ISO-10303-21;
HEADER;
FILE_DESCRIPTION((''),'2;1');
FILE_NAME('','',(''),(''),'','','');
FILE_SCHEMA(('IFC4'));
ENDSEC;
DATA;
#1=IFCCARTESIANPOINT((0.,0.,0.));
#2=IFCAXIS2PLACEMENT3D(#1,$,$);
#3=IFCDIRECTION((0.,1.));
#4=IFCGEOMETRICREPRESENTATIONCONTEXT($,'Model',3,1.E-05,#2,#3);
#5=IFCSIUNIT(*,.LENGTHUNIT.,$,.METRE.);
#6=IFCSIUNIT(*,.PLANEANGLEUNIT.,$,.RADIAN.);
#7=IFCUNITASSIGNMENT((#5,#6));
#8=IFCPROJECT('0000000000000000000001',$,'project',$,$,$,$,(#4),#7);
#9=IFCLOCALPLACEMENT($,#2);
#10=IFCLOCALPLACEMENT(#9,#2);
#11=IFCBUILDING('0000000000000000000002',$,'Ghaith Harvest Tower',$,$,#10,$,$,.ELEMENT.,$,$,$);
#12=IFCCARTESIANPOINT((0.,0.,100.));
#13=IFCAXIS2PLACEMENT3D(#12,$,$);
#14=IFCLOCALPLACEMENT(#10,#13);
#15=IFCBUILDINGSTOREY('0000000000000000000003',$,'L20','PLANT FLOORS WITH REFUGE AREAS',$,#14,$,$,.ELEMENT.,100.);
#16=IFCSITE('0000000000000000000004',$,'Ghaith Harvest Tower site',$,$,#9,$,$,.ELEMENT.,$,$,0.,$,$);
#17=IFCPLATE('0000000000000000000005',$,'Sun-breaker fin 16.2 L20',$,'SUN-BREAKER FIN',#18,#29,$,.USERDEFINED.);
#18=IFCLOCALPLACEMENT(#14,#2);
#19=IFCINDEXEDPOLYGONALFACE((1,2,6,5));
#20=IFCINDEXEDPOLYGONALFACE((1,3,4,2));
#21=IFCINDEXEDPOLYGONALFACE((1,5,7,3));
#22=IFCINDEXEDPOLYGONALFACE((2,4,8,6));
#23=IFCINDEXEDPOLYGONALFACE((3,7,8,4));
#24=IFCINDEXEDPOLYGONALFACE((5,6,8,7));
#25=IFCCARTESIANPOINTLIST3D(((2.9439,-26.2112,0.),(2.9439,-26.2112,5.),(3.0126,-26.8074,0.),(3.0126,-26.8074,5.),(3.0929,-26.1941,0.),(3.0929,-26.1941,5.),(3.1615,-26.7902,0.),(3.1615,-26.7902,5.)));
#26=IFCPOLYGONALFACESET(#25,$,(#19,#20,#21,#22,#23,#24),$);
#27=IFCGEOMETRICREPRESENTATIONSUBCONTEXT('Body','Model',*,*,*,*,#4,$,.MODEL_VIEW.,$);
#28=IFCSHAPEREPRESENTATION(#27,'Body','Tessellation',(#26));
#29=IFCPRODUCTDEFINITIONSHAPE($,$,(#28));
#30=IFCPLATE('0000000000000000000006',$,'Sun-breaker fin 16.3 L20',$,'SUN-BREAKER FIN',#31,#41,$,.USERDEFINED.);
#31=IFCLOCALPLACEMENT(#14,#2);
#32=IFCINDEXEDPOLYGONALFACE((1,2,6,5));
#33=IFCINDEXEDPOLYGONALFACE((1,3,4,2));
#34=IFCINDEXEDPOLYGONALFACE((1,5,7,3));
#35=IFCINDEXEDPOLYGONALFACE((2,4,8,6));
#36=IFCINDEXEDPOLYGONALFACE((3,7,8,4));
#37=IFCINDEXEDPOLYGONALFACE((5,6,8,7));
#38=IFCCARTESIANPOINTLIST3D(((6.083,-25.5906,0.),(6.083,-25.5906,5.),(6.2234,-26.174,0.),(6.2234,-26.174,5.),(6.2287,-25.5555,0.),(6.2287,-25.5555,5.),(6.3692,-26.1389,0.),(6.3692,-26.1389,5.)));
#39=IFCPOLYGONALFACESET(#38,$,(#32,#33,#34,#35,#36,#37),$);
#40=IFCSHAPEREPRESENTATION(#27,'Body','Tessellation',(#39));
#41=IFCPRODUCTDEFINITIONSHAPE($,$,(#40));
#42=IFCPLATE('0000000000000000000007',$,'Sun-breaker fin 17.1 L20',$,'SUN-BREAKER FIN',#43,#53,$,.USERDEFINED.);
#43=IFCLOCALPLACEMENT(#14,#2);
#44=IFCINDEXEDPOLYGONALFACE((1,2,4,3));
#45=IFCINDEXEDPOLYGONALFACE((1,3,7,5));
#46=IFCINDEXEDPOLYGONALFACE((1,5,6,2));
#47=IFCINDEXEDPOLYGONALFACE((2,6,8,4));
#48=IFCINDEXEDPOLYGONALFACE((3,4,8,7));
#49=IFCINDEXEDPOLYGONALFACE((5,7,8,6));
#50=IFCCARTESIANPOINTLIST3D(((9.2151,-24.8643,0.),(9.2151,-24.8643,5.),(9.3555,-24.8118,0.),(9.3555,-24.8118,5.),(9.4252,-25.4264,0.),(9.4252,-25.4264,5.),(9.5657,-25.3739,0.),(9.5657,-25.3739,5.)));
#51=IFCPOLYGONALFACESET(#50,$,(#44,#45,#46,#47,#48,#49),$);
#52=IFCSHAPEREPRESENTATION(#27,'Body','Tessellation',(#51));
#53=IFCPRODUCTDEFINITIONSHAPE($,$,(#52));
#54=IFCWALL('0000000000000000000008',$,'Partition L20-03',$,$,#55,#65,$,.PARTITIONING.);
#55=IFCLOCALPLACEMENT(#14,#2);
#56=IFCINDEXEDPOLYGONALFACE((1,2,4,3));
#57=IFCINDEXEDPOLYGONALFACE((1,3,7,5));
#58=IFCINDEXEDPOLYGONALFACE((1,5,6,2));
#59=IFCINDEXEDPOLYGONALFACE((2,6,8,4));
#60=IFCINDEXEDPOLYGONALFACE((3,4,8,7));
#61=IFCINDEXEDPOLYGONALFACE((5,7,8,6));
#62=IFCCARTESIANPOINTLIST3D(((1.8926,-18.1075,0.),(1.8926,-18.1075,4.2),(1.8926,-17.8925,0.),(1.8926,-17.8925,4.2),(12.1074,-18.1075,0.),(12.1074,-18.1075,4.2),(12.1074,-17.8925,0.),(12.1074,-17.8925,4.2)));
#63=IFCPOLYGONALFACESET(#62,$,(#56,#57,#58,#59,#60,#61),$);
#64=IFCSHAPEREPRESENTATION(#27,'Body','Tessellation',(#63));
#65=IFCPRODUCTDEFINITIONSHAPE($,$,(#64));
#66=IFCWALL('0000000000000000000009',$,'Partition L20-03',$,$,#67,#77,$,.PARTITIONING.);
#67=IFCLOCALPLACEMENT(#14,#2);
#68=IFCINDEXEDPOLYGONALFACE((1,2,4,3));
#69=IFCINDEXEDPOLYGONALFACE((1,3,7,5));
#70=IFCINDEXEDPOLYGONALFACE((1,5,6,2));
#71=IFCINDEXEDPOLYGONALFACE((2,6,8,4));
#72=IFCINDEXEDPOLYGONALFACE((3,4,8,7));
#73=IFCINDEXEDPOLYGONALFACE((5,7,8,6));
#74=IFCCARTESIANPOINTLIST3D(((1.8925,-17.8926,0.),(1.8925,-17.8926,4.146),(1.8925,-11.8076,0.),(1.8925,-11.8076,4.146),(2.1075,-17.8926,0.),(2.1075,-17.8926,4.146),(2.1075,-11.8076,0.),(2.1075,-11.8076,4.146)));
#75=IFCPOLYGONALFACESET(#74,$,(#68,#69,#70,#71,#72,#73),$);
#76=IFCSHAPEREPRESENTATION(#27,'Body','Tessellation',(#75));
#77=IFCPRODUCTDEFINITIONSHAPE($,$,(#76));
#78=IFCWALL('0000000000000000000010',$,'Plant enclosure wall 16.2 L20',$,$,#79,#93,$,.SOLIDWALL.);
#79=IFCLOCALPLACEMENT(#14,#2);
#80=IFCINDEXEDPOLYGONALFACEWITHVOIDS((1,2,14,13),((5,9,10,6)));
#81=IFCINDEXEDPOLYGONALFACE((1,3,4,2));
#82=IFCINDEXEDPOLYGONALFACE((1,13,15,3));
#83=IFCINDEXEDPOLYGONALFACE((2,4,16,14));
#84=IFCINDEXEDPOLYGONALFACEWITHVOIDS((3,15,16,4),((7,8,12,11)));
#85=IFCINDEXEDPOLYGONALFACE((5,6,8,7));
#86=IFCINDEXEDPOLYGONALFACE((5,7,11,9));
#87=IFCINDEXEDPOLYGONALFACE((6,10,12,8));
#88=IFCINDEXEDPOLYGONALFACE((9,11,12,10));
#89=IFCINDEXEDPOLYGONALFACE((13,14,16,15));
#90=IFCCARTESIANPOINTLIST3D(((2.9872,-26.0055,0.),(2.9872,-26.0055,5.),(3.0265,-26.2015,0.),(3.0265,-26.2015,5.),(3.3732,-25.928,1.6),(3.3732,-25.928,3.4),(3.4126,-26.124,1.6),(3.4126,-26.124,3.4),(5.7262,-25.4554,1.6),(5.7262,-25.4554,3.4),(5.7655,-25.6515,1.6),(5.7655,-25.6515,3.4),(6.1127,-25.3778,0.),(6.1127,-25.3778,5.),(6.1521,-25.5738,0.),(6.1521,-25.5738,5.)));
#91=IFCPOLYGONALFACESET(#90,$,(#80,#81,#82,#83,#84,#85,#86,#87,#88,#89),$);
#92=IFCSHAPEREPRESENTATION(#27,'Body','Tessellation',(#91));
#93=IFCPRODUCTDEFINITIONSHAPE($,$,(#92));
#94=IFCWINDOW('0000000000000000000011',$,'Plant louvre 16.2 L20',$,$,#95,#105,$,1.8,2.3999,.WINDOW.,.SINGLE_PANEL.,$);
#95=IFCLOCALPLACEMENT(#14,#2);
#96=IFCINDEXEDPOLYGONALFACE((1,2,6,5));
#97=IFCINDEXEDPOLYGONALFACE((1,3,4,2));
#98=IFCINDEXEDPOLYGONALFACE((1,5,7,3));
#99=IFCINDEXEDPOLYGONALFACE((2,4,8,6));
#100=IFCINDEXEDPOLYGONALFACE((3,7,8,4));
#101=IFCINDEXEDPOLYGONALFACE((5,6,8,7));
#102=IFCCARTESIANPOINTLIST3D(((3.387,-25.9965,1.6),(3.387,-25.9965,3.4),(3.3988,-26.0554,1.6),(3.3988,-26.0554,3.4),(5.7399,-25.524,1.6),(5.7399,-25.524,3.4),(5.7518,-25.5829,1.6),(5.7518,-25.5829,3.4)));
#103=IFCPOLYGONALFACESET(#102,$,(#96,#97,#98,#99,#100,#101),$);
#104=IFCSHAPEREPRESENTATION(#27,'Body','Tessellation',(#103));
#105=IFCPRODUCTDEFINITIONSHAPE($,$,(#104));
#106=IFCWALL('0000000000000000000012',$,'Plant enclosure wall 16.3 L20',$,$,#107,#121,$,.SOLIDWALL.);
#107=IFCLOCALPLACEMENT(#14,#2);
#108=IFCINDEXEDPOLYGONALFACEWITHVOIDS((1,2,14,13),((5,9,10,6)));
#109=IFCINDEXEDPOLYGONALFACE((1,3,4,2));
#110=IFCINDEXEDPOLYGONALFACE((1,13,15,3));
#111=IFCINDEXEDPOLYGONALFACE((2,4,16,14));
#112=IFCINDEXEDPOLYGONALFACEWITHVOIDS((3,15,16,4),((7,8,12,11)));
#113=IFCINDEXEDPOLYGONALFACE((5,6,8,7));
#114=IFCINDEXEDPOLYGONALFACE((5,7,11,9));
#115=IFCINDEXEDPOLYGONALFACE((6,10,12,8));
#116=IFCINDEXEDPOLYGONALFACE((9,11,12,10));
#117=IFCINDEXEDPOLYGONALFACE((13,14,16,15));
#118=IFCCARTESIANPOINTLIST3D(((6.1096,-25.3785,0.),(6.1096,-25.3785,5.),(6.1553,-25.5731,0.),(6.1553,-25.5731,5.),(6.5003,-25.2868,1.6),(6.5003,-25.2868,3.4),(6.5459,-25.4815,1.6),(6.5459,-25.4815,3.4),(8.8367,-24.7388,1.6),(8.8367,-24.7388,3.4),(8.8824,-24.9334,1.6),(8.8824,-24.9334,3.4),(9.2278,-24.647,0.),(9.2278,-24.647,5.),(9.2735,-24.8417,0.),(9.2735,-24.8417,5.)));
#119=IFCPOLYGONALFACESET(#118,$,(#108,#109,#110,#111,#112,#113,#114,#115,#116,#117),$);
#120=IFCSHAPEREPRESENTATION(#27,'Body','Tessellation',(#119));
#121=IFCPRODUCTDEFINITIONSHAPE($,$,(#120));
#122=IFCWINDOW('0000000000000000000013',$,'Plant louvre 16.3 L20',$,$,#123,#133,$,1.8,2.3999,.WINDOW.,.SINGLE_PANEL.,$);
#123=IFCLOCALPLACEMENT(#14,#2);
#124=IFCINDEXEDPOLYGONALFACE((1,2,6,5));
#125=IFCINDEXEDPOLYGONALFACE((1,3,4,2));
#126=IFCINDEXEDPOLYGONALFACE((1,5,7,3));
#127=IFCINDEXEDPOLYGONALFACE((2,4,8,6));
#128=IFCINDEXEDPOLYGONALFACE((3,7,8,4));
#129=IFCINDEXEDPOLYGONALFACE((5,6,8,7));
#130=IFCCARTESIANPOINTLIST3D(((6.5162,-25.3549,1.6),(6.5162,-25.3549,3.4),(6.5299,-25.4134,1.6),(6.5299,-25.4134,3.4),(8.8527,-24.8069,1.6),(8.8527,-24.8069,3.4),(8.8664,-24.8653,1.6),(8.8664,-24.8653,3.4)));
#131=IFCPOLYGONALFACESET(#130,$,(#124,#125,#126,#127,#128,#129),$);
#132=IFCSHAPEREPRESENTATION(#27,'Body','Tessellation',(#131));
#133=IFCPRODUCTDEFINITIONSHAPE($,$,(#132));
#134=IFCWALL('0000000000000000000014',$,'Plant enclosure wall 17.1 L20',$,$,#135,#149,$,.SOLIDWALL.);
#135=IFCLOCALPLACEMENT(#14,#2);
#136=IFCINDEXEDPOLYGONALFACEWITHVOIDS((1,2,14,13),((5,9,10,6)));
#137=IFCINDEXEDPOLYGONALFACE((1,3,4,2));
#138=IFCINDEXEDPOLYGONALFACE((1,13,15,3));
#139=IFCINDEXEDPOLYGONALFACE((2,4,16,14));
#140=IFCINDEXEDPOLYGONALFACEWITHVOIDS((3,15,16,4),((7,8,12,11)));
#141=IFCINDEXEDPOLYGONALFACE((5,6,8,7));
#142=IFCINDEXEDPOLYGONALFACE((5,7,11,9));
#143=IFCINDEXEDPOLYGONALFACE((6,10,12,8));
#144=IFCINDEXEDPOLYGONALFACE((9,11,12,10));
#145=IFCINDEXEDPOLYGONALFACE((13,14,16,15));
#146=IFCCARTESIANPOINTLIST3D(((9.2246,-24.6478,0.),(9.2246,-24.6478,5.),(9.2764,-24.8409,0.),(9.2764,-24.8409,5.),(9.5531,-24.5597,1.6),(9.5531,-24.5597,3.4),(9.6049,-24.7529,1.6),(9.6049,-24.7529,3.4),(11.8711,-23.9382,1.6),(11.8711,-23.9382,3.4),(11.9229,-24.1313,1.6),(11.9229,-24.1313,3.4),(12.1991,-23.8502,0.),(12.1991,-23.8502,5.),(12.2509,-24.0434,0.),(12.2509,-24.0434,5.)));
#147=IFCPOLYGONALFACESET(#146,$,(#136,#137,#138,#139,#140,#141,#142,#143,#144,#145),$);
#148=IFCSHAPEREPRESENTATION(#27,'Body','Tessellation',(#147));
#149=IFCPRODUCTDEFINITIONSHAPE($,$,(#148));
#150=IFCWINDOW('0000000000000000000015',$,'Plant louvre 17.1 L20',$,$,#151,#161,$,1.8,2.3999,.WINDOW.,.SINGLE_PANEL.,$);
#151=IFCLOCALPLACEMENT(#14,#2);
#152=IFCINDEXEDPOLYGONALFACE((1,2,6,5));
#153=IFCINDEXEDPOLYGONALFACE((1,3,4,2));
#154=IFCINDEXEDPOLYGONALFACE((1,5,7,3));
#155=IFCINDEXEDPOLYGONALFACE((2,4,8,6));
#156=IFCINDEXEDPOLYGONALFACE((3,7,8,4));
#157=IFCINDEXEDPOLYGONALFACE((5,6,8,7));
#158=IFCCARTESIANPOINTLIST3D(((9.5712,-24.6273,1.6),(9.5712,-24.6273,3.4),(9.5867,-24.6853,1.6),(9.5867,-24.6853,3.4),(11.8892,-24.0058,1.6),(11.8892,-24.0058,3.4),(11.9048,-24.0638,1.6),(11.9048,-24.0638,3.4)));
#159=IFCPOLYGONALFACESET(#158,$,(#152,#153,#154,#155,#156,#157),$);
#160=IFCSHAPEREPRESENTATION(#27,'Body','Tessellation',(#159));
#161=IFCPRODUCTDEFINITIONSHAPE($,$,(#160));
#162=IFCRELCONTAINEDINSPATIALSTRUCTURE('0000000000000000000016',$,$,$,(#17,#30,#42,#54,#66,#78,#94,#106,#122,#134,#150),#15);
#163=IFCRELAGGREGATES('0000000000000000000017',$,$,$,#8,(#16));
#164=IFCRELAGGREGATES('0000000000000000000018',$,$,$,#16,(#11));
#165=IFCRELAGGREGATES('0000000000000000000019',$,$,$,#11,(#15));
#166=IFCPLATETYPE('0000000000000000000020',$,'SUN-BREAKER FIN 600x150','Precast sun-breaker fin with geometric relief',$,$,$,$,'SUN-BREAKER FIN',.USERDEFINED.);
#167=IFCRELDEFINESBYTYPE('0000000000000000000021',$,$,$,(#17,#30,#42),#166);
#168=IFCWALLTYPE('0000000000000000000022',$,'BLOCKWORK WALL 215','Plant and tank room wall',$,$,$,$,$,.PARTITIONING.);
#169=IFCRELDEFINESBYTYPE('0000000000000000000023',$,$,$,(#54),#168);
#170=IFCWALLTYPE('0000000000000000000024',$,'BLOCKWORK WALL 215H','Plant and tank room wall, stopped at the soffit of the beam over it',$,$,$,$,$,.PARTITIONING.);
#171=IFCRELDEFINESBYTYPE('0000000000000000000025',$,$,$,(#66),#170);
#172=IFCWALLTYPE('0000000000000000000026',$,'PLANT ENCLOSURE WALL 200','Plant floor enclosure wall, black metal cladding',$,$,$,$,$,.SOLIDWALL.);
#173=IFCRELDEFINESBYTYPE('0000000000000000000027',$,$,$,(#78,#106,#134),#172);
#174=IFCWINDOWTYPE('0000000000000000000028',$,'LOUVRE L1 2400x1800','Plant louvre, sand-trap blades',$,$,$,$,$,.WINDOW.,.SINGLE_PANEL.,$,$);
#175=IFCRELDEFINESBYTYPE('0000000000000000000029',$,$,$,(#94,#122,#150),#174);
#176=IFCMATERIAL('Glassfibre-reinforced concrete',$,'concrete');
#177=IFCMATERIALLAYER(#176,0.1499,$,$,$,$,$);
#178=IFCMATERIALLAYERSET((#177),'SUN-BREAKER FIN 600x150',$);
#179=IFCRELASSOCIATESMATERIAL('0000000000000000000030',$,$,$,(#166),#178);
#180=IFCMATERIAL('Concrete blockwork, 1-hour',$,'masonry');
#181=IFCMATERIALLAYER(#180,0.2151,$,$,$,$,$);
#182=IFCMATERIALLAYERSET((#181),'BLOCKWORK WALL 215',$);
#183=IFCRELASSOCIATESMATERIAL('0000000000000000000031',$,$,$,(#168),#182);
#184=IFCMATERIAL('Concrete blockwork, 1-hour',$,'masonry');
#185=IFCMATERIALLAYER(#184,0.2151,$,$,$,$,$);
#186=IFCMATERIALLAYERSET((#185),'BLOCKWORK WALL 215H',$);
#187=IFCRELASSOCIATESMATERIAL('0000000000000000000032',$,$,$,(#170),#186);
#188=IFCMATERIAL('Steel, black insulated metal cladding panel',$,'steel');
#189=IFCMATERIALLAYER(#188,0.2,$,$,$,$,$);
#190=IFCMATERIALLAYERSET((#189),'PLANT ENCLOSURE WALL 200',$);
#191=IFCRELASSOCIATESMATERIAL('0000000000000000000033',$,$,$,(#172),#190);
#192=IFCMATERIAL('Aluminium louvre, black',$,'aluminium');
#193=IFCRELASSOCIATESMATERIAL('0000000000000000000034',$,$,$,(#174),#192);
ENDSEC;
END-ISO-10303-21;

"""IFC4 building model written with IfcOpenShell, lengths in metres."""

from ifc_helpers import new_model, si_unit, direction, frame, frame_2d, origin, origin_2d, place, context, subcontext, project, spatial, rectangle, extrude, material, layer, layer_set, type_object, element, fill, save


model = new_model("IFC4")

# Units and contexts
model_context = context("Model", 3, precision=1e-05, world=origin(), true_north=direction((0.0, 1.0)))
body_context = subcontext(model_context, "Body", "Model", "MODEL_VIEW")
ifc_project = project(units=[si_unit("LENGTHUNIT", "METRE"), si_unit("PLANEANGLEUNIT", "RADIAN")], contexts=[model_context])

# Site, building, storey
site_placement = place(None, origin())
site = spatial("IfcSite", under=ifc_project, at=site_placement, Name="Ghaith Harvest Tower site", CompositionType="ELEMENT", RefElevation=0.0)
building_placement = place(site_placement, origin())
building = spatial("IfcBuilding", under=site, at=building_placement, Name="Ghaith Harvest Tower", CompositionType="ELEMENT")
storey_placement = place(building_placement, frame((0.0, 0.0, 100.0)))
storey = spatial("IfcBuildingStorey", under=building, at=storey_placement, Name="L20", Description="PLANT FLOORS WITH REFUGE AREAS", CompositionType="ELEMENT", Elevation=100.0)

# Plates
ifc_material_1 = material(Name="Glassfibre-reinforced concrete", Category="concrete")
ifc_layer_1 = layer(ifc_material_1, 0.1499)
ifc_layer_set_1 = layer_set([ifc_layer_1], Name="SUN-BREAKER FIN 600x150")
plate_type = type_object("IfcPlateType", Name="SUN-BREAKER FIN 600x150", Description="Precast sun-breaker fin with geometric relief", ElementType="SUN-BREAKER FIN", PredefinedType="USERDEFINED", material=ifc_layer_set_1)
for number, where, z_axis, x_axis, name in (
    (1, (3.0527, -26.5007, 0.0), (0.0, 0.0, 1.0), (0.114436, -0.993431, 0.0), "Sun-breaker fin 16.2 L20"),
    (2, (6.2261, -25.8647, 0.0), (0.0, 0.0, 1.0), (0.234028, -0.97223, 0.0), "Sun-breaker fin 16.3 L20"),
    (3, (9.3904, -25.1191, 0.0), (0.0, 0.0, 1.0), (0.350168, -0.936687, 0.0), "Sun-breaker fin 17.1 L20"),
):
    element("IfcPlate", number, at=place(storey_placement, frame(where, z_axis=z_axis, x_axis=x_axis)), inside=storey, type_object=plate_type, Name=name, ObjectType="SUN-BREAKER FIN", PredefinedType="USERDEFINED", context=body_context, shape_type="SweptSolid", body=[
        extrude(rectangle(XDim=0.6001, YDim=0.1499, at=origin_2d()), origin(), (0.0, 0.0, 1.0), 5.0),
    ])

# Walls
ifc_material_2 = material(Name="Concrete blockwork, 1-hour", Category="masonry")
ifc_layer_2 = layer(ifc_material_2, 0.2151)
ifc_layer_set_2 = layer_set([ifc_layer_2], Name="BLOCKWORK WALL 215")
wall_type_1 = type_object("IfcWallType", Name="BLOCKWORK WALL 215", Description="Plant and tank room wall", PredefinedType="PARTITIONING", material=ifc_layer_set_2)
wall_1_placement = place(storey_placement, frame((1.8926, -18.0, 0.0), z_axis=(0.0, 0.0, 1.0), x_axis=(1.0, 0.0, 0.0)))
element("IfcWall", 4, at=wall_1_placement, inside=storey, type_object=wall_type_1, Name="Partition L20-03", PredefinedType="PARTITIONING", context=body_context, shape_type="SweptSolid", body=[
    extrude(rectangle(XDim=10.2148, YDim=0.2151, at=frame_2d((5.1074, 0.0))), origin(), (0.0, 0.0, 1.0), 4.2),
])
ifc_material_3 = material(Name="Concrete blockwork, 1-hour", Category="masonry")
ifc_layer_3 = layer(ifc_material_3, 0.2151)
ifc_layer_set_3 = layer_set([ifc_layer_3], Name="BLOCKWORK WALL 215H")
wall_type_2 = type_object("IfcWallType", Name="BLOCKWORK WALL 215H", Description="Plant and tank room wall, stopped at the soffit of the beam over it", PredefinedType="PARTITIONING", material=ifc_layer_set_3)
wall_2_placement = place(storey_placement, frame((2.0, -17.8926, 0.0), z_axis=(0.0, 0.0, 1.0), x_axis=(0.0, 1.0, 0.0)))
element("IfcWall", 5, at=wall_2_placement, inside=storey, type_object=wall_type_2, Name="Partition L20-03", PredefinedType="PARTITIONING", context=body_context, shape_type="SweptSolid", body=[
    extrude(rectangle(XDim=6.085, YDim=0.2151, at=frame_2d((3.0425, 0.0))), origin(), (0.0, 0.0, 1.0), 4.146),
])

# Walls, openings, windows
ifc_material_4 = material(Name="Steel, black insulated metal cladding panel", Category="steel")
ifc_layer_4 = layer(ifc_material_4, 0.2)
ifc_layer_set_4 = layer_set([ifc_layer_4], Name="PLANT ENCLOSURE WALL 200")
wall_type_3 = type_object("IfcWallType", Name="PLANT ENCLOSURE WALL 200", Description="Plant floor enclosure wall, black metal cladding", PredefinedType="SOLIDWALL", material=ifc_layer_set_4)
wall_3_placement = place(storey_placement, frame((3.0068, -26.1035, 0.0), z_axis=(0.0, 0.0, 1.0), x_axis=(0.980424, 0.196897, 0.0)))
wall_3 = element("IfcWall", 6, at=wall_3_placement, inside=storey, type_object=wall_type_3, Name="Plant enclosure wall 16.2 L20", PredefinedType="SOLIDWALL", context=body_context, shape_type="SweptSolid", body=[
    extrude(rectangle(XDim=3.188, YDim=0.2, at=frame_2d((1.594, 0.0))), origin(), (0.0, 0.0, 1.0), 5.0),
])
opening_1_placement = place(wall_3_placement, frame((0.3938, 0.0, 1.6001)))
opening_1 = element("IfcOpeningElement", 7, at=opening_1_placement, cuts=wall_3, PredefinedType="OPENING", context=body_context, shape_type="SweptSolid", body=[
    extrude(rectangle(XDim=2.3999, YDim=1.8, at=frame_2d((1.2, 0.8999))), frame((0.0, 0.1099, 0.0), z_axis=(0.0, -1.0, 0.0), x_axis=(1.0, 0.0, 0.0)), (0.0, 0.0, 1.0), 0.22),
])
ifc_material_5 = material(Name="Aluminium louvre, black", Category="aluminium")
window_type = type_object("IfcWindowType", Name="LOUVRE L1 2400x1800", Description="Plant louvre, sand-trap blades", PartitioningType="SINGLE_PANEL", PredefinedType="WINDOW", material=ifc_material_5)
window_1_placement = place(opening_1_placement, origin())
window_1 = element("IfcWindow", 8, at=window_1_placement, inside=storey, type_object=window_type, Name="Plant louvre 16.2 L20", OverallHeight=1.8, OverallWidth=2.3999, PartitioningType="SINGLE_PANEL", PredefinedType="WINDOW", context=body_context, shape_type="SweptSolid", body=[
    extrude(rectangle(XDim=2.3999, YDim=1.8, at=frame_2d((1.2, 0.8999))), frame((0.0, 0.03, 0.0), z_axis=(0.0, -1.0, 0.0), x_axis=(1.0, 0.0, 0.0)), (0.0, 0.0, 1.0), 0.0601),
])
fill(opening_1, window_1)
wall_4_placement = place(storey_placement, frame((6.1323, -25.4758, 0.0), z_axis=(0.0, 0.0, 1.0), x_axis=(0.973573, 0.228376, 0.0)))
wall_4 = element("IfcWall", 9, at=wall_4_placement, inside=storey, type_object=wall_type_3, Name="Plant enclosure wall 16.3 L20", PredefinedType="SOLIDWALL", context=body_context, shape_type="SweptSolid", body=[
    extrude(rectangle(XDim=3.2029, YDim=0.2, at=frame_2d((1.6016, 0.0))), origin(), (0.0, 0.0, 1.0), 5.0),
])
opening_2_placement = place(wall_4_placement, frame((0.4014, 0.0, 1.6001)))
opening_2 = element("IfcOpeningElement", 10, at=opening_2_placement, cuts=wall_4, PredefinedType="OPENING", context=body_context, shape_type="SweptSolid", body=[
    extrude(rectangle(XDim=2.3999, YDim=1.8, at=frame_2d((1.2, 0.8999))), frame((0.0, 0.1099, 0.0), z_axis=(0.0, -1.0, 0.0), x_axis=(1.0, 0.0, 0.0)), (0.0, 0.0, 1.0), 0.22),
])
window_2_placement = place(opening_2_placement, origin())
window_2 = element("IfcWindow", 11, at=window_2_placement, inside=storey, type_object=window_type, Name="Plant louvre 16.3 L20", OverallHeight=1.8, OverallWidth=2.3999, PartitioningType="SINGLE_PANEL", PredefinedType="WINDOW", context=body_context, shape_type="SweptSolid", body=[
    extrude(rectangle(XDim=2.3999, YDim=1.8, at=frame_2d((1.2, 0.8999))), frame((0.0, 0.03, 0.0), z_axis=(0.0, -1.0, 0.0), x_axis=(1.0, 0.0, 0.0)), (0.0, 0.0, 1.0), 0.0601),
])
fill(opening_2, window_2)
wall_5_placement = place(storey_placement, frame((9.2505, -24.7444, 0.0), z_axis=(0.0, 0.0, 1.0), x_axis=(0.96588, 0.25899, 0.0)))
wall_5 = element("IfcWall", 12, at=wall_5_placement, inside=storey, type_object=wall_type_3, Name="Plant enclosure wall 17.1 L20", PredefinedType="SOLIDWALL", context=body_context, shape_type="SweptSolid", body=[
    extrude(rectangle(XDim=3.0796, YDim=0.2, at=frame_2d((1.5398, 0.0))), origin(), (0.0, 0.0, 1.0), 5.0),
])
opening_3_placement = place(wall_5_placement, frame((0.3401, 0.0, 1.6001)))
opening_3 = element("IfcOpeningElement", 13, at=opening_3_placement, cuts=wall_5, PredefinedType="OPENING", context=body_context, shape_type="SweptSolid", body=[
    extrude(rectangle(XDim=2.3999, YDim=1.8, at=frame_2d((1.2, 0.8999))), frame((0.0, 0.1099, 0.0), z_axis=(0.0, -1.0, 0.0), x_axis=(1.0, 0.0, 0.0)), (0.0, 0.0, 1.0), 0.22),
])
window_3_placement = place(opening_3_placement, origin())
window_3 = element("IfcWindow", 14, at=window_3_placement, inside=storey, type_object=window_type, Name="Plant louvre 17.1 L20", OverallHeight=1.8, OverallWidth=2.3999, PartitioningType="SINGLE_PANEL", PredefinedType="WINDOW", context=body_context, shape_type="SweptSolid", body=[
    extrude(rectangle(XDim=2.3999, YDim=1.8, at=frame_2d((1.2, 0.8999))), frame((0.0, 0.03, 0.0), z_axis=(0.0, -1.0, 0.0), x_axis=(1.0, 0.0, 0.0)), (0.0, 0.0, 1.0), 0.0601),
])
fill(opening_3, window_3)

save(model, "model.ifc")
